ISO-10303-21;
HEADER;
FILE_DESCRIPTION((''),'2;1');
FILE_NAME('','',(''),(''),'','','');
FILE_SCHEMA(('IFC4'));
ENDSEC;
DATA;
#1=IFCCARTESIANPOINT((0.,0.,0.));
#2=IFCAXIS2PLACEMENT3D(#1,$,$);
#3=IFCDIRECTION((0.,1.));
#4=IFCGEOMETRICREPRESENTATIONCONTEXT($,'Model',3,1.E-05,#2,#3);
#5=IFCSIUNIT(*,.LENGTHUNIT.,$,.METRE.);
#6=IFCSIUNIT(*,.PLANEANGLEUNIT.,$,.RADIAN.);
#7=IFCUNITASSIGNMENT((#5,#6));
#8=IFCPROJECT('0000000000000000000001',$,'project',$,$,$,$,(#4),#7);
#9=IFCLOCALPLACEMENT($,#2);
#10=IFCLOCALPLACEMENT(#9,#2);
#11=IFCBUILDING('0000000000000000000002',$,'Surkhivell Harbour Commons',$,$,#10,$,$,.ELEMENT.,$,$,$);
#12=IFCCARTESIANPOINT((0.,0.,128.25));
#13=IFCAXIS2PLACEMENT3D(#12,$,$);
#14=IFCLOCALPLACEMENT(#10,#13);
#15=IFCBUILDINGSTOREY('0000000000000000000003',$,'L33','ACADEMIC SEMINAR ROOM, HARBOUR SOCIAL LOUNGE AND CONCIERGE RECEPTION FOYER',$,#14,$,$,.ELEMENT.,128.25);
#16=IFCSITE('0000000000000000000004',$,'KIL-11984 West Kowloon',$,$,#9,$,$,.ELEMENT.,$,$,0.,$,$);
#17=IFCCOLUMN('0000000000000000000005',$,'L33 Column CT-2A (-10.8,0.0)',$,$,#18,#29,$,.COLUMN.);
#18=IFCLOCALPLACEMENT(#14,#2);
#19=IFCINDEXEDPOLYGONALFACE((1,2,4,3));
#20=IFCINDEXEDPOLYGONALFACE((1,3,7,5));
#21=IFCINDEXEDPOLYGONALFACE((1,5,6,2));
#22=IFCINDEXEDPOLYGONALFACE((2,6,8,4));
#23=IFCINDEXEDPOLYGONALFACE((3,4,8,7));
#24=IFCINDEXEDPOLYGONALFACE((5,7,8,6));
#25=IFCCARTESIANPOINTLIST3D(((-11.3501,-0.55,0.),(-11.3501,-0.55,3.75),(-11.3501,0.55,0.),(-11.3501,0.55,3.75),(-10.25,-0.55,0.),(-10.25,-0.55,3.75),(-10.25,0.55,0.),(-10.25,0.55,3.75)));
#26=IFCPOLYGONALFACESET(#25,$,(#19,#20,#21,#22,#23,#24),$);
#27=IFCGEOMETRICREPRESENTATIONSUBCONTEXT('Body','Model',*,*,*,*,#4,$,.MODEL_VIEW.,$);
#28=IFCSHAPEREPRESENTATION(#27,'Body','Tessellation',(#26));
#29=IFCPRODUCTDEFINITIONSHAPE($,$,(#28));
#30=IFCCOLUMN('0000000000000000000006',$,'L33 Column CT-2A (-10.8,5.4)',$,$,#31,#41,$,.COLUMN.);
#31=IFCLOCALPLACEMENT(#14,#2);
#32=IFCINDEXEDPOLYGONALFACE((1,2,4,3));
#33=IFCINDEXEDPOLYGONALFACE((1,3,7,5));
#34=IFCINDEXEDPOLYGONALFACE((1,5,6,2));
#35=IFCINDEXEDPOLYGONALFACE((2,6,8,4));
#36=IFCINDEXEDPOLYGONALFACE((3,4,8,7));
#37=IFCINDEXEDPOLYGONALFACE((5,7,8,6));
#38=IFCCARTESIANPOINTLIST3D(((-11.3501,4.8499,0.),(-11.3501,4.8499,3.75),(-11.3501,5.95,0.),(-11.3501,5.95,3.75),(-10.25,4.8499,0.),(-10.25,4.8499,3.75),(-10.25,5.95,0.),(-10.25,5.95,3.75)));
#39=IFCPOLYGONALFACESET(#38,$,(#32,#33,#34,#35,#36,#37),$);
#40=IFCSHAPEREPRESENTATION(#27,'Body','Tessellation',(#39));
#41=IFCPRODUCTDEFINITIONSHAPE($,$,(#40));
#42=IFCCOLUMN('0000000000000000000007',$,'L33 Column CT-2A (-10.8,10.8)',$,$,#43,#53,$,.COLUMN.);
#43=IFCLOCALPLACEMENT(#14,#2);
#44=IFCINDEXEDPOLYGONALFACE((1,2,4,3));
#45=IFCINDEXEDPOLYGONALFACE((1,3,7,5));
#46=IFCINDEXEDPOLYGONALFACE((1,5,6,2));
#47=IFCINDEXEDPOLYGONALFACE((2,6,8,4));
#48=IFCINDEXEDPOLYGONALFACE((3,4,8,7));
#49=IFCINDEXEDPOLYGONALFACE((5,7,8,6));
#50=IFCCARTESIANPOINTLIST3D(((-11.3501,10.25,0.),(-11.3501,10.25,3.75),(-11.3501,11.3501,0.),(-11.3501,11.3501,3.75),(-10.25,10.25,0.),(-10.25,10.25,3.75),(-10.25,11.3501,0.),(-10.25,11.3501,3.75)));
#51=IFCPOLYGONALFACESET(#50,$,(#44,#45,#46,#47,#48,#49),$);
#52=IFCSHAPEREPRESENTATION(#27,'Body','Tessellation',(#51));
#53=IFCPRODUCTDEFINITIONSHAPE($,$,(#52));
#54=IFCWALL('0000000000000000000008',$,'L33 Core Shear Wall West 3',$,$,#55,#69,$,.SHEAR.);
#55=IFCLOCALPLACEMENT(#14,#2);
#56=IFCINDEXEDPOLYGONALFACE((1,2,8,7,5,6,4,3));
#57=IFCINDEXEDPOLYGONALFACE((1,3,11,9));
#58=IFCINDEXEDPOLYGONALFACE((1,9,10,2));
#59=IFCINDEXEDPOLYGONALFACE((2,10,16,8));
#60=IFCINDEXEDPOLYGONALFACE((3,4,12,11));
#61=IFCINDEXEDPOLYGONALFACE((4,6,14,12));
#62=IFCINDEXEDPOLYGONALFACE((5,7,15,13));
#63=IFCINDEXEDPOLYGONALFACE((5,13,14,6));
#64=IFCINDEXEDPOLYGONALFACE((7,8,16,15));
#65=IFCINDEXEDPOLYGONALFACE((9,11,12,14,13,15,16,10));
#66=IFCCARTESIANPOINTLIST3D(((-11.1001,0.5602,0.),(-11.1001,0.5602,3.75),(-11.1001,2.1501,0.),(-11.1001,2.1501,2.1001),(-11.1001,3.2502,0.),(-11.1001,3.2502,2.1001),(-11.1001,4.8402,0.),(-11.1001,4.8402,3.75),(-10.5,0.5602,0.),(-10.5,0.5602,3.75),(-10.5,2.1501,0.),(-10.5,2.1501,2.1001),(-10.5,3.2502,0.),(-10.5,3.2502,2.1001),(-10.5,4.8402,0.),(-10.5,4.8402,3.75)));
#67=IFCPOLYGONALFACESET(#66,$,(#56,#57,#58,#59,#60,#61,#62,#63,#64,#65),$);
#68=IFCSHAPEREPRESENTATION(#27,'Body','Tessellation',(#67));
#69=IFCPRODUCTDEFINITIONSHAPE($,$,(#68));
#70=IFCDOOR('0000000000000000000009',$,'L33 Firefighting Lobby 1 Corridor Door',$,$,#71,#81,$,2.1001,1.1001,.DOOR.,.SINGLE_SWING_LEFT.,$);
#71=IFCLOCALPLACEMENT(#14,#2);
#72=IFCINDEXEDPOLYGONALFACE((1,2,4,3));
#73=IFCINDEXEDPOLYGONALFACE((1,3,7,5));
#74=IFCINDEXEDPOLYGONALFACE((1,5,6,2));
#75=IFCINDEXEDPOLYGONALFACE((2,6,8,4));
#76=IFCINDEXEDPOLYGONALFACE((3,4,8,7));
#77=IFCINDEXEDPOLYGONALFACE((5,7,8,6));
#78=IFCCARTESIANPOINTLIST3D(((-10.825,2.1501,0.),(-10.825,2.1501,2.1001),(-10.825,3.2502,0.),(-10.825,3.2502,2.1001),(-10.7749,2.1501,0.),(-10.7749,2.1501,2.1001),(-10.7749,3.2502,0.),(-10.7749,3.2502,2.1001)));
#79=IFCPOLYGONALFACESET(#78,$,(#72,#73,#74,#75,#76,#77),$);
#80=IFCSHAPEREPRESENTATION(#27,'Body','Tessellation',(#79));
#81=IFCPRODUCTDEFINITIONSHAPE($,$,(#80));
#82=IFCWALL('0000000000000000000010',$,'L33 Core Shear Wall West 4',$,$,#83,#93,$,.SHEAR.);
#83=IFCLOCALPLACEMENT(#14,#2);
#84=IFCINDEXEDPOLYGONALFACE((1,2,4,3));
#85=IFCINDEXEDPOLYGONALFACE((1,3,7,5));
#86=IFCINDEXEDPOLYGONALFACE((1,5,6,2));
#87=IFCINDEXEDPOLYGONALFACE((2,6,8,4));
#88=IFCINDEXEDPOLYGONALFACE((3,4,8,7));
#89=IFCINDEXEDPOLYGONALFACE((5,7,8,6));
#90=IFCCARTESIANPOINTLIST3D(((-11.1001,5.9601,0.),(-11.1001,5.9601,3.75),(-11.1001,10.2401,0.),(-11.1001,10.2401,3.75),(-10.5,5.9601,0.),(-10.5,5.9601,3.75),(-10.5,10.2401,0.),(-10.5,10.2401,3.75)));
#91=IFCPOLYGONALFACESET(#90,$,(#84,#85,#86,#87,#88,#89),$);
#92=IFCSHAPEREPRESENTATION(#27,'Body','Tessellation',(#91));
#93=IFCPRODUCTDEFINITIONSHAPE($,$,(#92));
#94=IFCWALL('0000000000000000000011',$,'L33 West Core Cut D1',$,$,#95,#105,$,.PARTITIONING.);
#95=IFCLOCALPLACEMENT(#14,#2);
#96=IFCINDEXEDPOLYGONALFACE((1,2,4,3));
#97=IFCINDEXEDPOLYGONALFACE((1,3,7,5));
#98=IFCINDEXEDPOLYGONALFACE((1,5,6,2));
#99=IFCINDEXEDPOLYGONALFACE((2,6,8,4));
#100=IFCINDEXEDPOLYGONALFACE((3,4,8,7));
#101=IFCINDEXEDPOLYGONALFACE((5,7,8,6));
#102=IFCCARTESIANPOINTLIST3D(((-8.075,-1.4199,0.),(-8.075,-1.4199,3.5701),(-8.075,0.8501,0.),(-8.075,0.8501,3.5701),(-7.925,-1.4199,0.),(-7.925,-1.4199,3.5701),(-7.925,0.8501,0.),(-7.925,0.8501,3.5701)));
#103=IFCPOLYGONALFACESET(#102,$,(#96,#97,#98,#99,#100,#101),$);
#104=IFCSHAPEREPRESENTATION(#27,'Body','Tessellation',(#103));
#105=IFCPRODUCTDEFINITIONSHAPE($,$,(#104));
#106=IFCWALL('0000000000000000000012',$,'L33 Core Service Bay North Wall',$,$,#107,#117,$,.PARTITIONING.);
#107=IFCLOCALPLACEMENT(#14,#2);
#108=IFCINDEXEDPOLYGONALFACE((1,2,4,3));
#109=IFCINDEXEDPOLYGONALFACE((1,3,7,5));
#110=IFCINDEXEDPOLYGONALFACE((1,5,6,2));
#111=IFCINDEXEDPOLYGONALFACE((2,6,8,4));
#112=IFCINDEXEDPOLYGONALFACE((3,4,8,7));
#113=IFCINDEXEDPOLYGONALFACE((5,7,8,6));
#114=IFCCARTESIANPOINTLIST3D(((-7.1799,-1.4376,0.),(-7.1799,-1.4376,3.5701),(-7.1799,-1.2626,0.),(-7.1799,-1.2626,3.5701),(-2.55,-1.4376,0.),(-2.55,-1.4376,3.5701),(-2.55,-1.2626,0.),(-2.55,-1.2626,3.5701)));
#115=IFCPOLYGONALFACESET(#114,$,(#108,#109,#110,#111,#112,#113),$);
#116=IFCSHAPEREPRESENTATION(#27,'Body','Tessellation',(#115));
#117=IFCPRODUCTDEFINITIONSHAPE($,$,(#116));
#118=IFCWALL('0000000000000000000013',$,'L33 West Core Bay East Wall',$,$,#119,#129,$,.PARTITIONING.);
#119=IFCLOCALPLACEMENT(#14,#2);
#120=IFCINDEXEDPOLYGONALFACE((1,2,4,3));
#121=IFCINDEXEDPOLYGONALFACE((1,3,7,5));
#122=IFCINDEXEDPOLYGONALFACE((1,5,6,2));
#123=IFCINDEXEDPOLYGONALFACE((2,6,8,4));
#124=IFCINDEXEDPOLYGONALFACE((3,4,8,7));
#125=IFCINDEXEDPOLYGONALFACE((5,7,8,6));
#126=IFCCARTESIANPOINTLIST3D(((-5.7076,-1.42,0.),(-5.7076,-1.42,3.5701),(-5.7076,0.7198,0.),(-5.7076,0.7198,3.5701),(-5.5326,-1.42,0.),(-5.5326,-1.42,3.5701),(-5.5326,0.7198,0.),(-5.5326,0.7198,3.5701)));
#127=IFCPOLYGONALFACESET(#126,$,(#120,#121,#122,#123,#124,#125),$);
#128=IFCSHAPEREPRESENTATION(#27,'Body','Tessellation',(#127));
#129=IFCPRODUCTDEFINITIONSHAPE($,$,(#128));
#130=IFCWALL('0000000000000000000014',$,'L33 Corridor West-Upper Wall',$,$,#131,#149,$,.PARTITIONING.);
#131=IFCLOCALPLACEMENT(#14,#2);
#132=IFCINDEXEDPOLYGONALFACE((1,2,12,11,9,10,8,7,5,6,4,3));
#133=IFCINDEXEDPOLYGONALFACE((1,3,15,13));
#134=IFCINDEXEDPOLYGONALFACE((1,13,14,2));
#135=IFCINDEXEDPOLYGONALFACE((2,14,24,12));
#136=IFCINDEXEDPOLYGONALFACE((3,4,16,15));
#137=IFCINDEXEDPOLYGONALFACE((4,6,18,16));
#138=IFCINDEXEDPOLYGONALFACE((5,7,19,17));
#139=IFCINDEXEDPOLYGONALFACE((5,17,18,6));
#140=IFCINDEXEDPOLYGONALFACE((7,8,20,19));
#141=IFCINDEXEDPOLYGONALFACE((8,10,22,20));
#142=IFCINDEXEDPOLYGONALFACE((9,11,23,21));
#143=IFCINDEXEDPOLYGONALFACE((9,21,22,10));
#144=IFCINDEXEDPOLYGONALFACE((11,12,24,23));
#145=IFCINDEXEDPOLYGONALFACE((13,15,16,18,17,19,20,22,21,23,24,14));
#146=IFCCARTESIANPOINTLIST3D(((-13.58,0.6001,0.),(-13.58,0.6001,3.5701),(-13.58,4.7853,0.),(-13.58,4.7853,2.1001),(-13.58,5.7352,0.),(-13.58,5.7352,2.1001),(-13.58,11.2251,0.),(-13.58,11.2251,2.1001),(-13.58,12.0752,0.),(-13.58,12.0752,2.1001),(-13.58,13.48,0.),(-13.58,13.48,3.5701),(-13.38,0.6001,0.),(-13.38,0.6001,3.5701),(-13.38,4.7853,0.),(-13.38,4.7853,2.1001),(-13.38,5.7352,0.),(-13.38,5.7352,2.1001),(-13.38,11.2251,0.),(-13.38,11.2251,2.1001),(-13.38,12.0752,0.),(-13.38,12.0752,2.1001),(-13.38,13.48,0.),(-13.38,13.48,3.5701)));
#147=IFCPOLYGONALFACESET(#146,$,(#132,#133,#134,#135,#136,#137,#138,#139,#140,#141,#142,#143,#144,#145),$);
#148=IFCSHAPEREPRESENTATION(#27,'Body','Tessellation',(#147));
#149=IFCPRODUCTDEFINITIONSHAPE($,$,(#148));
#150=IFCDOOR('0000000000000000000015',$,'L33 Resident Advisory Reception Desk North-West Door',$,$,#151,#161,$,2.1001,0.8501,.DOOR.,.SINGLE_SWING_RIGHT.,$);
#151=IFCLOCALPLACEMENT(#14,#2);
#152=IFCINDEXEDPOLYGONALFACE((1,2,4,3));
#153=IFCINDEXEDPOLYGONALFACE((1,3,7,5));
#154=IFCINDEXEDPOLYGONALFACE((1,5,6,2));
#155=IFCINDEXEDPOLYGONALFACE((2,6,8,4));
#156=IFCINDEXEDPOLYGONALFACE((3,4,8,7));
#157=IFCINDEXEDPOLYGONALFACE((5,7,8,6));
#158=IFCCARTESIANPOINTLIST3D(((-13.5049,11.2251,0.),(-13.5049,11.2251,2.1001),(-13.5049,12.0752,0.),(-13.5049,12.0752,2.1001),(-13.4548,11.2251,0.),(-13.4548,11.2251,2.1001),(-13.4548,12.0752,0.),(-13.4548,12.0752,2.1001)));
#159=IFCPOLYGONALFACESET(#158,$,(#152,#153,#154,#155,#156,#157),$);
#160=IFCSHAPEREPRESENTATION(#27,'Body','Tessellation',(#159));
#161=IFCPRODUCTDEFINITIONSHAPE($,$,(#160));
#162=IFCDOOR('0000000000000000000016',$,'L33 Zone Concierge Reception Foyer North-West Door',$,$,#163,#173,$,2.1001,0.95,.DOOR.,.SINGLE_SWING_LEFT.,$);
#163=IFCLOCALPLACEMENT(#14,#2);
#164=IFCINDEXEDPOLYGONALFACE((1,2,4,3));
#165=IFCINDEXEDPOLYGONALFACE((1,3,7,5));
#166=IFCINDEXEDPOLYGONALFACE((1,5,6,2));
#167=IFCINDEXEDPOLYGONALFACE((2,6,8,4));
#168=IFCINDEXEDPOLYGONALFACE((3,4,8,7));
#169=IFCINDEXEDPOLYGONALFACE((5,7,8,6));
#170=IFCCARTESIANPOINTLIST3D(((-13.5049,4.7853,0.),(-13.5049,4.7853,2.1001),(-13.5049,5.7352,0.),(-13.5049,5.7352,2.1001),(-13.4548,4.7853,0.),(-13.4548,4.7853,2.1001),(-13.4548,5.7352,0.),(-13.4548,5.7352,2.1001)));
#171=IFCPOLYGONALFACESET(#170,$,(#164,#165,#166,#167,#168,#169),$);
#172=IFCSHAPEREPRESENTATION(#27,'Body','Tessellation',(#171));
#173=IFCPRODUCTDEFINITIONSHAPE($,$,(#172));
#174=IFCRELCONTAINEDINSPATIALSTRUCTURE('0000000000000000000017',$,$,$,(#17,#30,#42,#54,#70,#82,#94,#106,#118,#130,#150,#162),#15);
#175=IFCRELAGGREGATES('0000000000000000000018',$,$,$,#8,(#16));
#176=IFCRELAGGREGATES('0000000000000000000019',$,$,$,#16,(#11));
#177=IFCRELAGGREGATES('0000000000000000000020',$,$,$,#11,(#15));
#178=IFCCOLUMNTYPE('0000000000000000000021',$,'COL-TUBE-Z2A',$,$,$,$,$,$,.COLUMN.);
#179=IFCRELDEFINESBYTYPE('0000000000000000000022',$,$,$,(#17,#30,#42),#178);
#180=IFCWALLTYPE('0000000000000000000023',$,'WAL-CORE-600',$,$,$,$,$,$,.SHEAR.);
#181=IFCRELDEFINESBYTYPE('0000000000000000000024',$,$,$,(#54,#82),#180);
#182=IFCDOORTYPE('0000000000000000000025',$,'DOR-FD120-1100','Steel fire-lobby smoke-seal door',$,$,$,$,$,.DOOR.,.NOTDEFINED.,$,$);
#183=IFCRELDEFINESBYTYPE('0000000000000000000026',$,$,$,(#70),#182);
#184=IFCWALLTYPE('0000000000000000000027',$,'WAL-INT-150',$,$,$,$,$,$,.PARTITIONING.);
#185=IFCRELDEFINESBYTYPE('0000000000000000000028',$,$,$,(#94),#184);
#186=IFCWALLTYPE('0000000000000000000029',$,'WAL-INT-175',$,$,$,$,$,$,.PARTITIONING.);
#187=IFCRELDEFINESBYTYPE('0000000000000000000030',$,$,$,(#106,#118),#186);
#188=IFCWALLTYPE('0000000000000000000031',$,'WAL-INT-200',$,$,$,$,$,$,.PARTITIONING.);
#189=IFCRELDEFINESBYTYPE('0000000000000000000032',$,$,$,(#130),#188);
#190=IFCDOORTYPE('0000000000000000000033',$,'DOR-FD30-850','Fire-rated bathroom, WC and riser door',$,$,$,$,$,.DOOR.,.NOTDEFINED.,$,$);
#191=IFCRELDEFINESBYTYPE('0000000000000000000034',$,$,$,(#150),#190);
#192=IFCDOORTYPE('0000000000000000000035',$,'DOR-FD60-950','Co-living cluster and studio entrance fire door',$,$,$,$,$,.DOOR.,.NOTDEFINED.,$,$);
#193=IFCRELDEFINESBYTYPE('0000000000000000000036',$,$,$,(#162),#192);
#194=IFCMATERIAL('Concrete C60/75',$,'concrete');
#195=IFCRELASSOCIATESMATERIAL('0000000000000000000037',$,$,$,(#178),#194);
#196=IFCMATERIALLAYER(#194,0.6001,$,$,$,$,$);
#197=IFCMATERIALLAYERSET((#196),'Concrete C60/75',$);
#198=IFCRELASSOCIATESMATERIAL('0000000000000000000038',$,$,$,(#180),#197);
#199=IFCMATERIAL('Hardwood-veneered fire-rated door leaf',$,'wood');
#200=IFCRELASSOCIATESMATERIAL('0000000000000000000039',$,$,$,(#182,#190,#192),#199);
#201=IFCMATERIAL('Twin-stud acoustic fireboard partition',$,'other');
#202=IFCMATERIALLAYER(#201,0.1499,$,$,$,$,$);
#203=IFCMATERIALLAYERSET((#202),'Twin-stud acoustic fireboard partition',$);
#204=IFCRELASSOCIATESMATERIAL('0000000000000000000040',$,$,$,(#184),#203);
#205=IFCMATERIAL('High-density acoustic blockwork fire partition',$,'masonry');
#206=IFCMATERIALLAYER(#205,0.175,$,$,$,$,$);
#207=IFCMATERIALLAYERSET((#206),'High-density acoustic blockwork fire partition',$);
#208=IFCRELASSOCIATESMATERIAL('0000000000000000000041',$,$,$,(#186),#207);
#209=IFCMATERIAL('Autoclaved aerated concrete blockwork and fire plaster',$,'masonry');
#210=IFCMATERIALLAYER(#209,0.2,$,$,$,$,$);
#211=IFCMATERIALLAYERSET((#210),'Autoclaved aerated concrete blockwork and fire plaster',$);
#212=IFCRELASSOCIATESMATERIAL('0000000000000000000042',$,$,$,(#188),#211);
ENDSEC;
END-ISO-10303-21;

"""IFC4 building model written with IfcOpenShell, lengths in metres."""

from ifc_helpers import new_model, si_unit, direction, frame, frame_2d, origin, origin_2d, place, context, subcontext, project, spatial, rectangle, extrude, material, layer, layer_set, material_profile, profile_set, type_object, element, fill, save


model = new_model("IFC4")

# Units and contexts
model_context = context("Model", 3, precision=1e-05, world=origin(), true_north=direction((0.0, 1.0)))
body_context = subcontext(model_context, "Body", "Model", "MODEL_VIEW")
ifc_project = project(units=[si_unit("LENGTHUNIT", "METRE"), si_unit("PLANEANGLEUNIT", "RADIAN")], contexts=[model_context])

# Site, building, storey
site_placement = place(None, origin())
site = spatial("IfcSite", under=ifc_project, at=site_placement, Name="KIL-11984 West Kowloon", CompositionType="ELEMENT", RefElevation=0.0)
building_placement = place(site_placement, origin())
building = spatial("IfcBuilding", under=site, at=building_placement, Name="Surkhivell Harbour Commons", CompositionType="ELEMENT")
storey_placement = place(building_placement, frame((0.0, 0.0, 128.25)))
storey = spatial("IfcBuildingStorey", under=building, at=storey_placement, Name="L33", Description="ACADEMIC SEMINAR ROOM, HARBOUR SOCIAL LOUNGE AND CONCIERGE RECEPTION FOYER", CompositionType="ELEMENT", Elevation=128.25)

# Columns
ifc_material_1 = material(Name="Concrete C60/75", Category="concrete")
ifc_material_profile = material_profile(ifc_material_1, rectangle(XDim=1.1001, YDim=1.1001, at=origin_2d()), Name="RC-COL-1100x1100")
ifc_profile_set = profile_set([ifc_material_profile], Name="Concrete C60/75")
column_type = type_object("IfcColumnType", Name="COL-TUBE-Z2A", PredefinedType="COLUMN", material=ifc_profile_set)
for number, where, z_axis, x_axis, name in (
    (1, (-10.8, 0.0, 0.0), (0.0, 0.0, 1.0), (1.0, 0.0, 0.0), "L33 Column CT-2A (-10.8,0.0)"),
    (2, (-10.8, 5.3999, 0.0), (0.0, 0.0, 1.0), (1.0, 0.0, 0.0), "L33 Column CT-2A (-10.8,5.4)"),
    (3, (-10.8, 10.8, 0.0), (0.0, 0.0, 1.0), (1.0, 0.0, 0.0), "L33 Column CT-2A (-10.8,10.8)"),
):
    element("IfcColumn", number, at=place(storey_placement, frame(where, z_axis=z_axis, x_axis=x_axis)), inside=storey, type_object=column_type, Name=name, PredefinedType="COLUMN", context=body_context, shape_type="SweptSolid", body=[
        extrude(rectangle(XDim=1.1001, YDim=1.1001, at=origin_2d()), origin(), (0.0, 0.0, 1.0), 3.75),
    ])

# Wall, opening, door
ifc_layer_1 = layer(ifc_material_1, 0.6001)
ifc_layer_set_1 = layer_set([ifc_layer_1], Name="Concrete C60/75")
wall_type_1 = type_object("IfcWallType", Name="WAL-CORE-600", PredefinedType="SHEAR", material=ifc_layer_set_1)
wall_1_placement = place(storey_placement, frame((-10.8, 0.5601, 0.0), z_axis=(0.0, 0.0, 1.0), x_axis=(0.0, 1.0, 0.0)))
wall_1 = element("IfcWall", 4, at=wall_1_placement, inside=storey, type_object=wall_type_1, Name="L33 Core Shear Wall West 3", PredefinedType="SHEAR", context=body_context, shape_type="SweptSolid", body=[
    extrude(rectangle(XDim=4.28, YDim=0.6001, at=frame_2d((2.1401, 0.0))), origin(), (0.0, 0.0, 1.0), 3.75),
])
opening_1_placement = place(wall_1_placement, frame((1.5901, 0.0, 0.0)))
opening_1 = element("IfcOpeningElement", 5, at=opening_1_placement, cuts=wall_1, PredefinedType="OPENING", context=body_context, shape_type="SweptSolid", body=[
    extrude(rectangle(XDim=1.1001, YDim=2.1001, at=frame_2d((0.55, 1.05))), frame((0.0, 0.3101, 0.0), z_axis=(0.0, -1.0, 0.0), x_axis=(1.0, 0.0, 0.0)), (0.0, 0.0, 1.0), 0.6201),
])
ifc_material_2 = material(Name="Hardwood-veneered fire-rated door leaf", Category="wood")
door_type_1 = type_object("IfcDoorType", Name="DOR-FD120-1100", Description="Steel fire-lobby smoke-seal door", OperationType="NOTDEFINED", PredefinedType="DOOR", material=ifc_material_2)
door_1_placement = place(opening_1_placement, origin())
door_1 = element("IfcDoor", 6, at=door_1_placement, inside=storey, type_object=door_type_1, Name="L33 Firefighting Lobby 1 Corridor Door", OperationType="SINGLE_SWING_LEFT", OverallHeight=2.1001, OverallWidth=1.1001, PredefinedType="DOOR", context=body_context, shape_type="SweptSolid", body=[
    extrude(rectangle(XDim=1.1001, YDim=2.1001, at=frame_2d((0.55, 1.05))), frame((0.0, 0.0249, 0.0), z_axis=(0.0, -1.0, 0.0), x_axis=(1.0, 0.0, 0.0)), (0.0, 0.0, 1.0), 0.05),
])
fill(opening_1, door_1)

# Walls
wall_2_placement = place(storey_placement, frame((-10.8, 5.96, 0.0), z_axis=(0.0, 0.0, 1.0), x_axis=(0.0, 1.0, 0.0)))
element("IfcWall", 7, at=wall_2_placement, inside=storey, type_object=wall_type_1, Name="L33 Core Shear Wall West 4", PredefinedType="SHEAR", context=body_context, shape_type="SweptSolid", body=[
    extrude(rectangle(XDim=4.28, YDim=0.6001, at=frame_2d((2.1401, 0.0))), origin(), (0.0, 0.0, 1.0), 3.75),
])
ifc_material_3 = material(Name="Twin-stud acoustic fireboard partition", Category="other")
ifc_layer_2 = layer(ifc_material_3, 0.1499)
ifc_layer_set_2 = layer_set([ifc_layer_2], Name="Twin-stud acoustic fireboard partition")
wall_type_2 = type_object("IfcWallType", Name="WAL-INT-150", PredefinedType="PARTITIONING", material=ifc_layer_set_2)
wall_3_placement = place(storey_placement, frame((-8.0, -1.4199, 0.0), z_axis=(0.0, 0.0, 1.0), x_axis=(0.0, 1.0, 0.0)))
element("IfcWall", 8, at=wall_3_placement, inside=storey, type_object=wall_type_2, Name="L33 West Core Cut D1", PredefinedType="PARTITIONING", context=body_context, shape_type="SweptSolid", body=[
    extrude(rectangle(XDim=2.27, YDim=0.1499, at=frame_2d((1.135, 0.0))), origin(), (0.0, 0.0, 1.0), 3.5701),
])
ifc_material_4 = material(Name="High-density acoustic blockwork fire partition", Category="masonry")
ifc_layer_3 = layer(ifc_material_4, 0.175)
ifc_layer_set_3 = layer_set([ifc_layer_3], Name="High-density acoustic blockwork fire partition")
wall_type_3 = type_object("IfcWallType", Name="WAL-INT-175", PredefinedType="PARTITIONING", material=ifc_layer_set_3)
wall_4_placement = place(storey_placement, frame((-7.1799, -1.3501, 0.0), z_axis=(0.0, 0.0, 1.0), x_axis=(1.0, 0.0, 0.0)))
element("IfcWall", 9, at=wall_4_placement, inside=storey, type_object=wall_type_3, Name="L33 Core Service Bay North Wall", PredefinedType="PARTITIONING", context=body_context, shape_type="SweptSolid", body=[
    extrude(rectangle(XDim=4.6299, YDim=0.175, at=frame_2d((2.3149, 0.0))), origin(), (0.0, 0.0, 1.0), 3.5701),
])
wall_5_placement = place(storey_placement, frame((-5.6201, -1.4199, 0.0), z_axis=(0.0, 0.0, 1.0), x_axis=(0.0, 1.0, 0.0)))
element("IfcWall", 10, at=wall_5_placement, inside=storey, type_object=wall_type_3, Name="L33 West Core Bay East Wall", PredefinedType="PARTITIONING", context=body_context, shape_type="SweptSolid", body=[
    extrude(rectangle(XDim=2.1399, YDim=0.175, at=frame_2d((1.0698, 0.0))), origin(), (0.0, 0.0, 1.0), 3.5701),
])

# Wall, openings, doors
ifc_material_5 = material(Name="Autoclaved aerated concrete blockwork and fire plaster", Category="masonry")
ifc_layer_4 = layer(ifc_material_5, 0.2)
ifc_layer_set_4 = layer_set([ifc_layer_4], Name="Autoclaved aerated concrete blockwork and fire plaster")
wall_type_4 = type_object("IfcWallType", Name="WAL-INT-200", PredefinedType="PARTITIONING", material=ifc_layer_set_4)
wall_6_placement = place(storey_placement, frame((-13.48, 0.6001, 0.0), z_axis=(0.0, 0.0, 1.0), x_axis=(0.0, 1.0, 0.0)))
wall_6 = element("IfcWall", 11, at=wall_6_placement, inside=storey, type_object=wall_type_4, Name="L33 Corridor West-Upper Wall", PredefinedType="PARTITIONING", context=body_context, shape_type="SweptSolid", body=[
    extrude(rectangle(XDim=12.8799, YDim=0.2, at=frame_2d((6.4399, 0.0))), origin(), (0.0, 0.0, 1.0), 3.5701),
])
opening_2_placement = place(wall_6_placement, frame((4.1851, 0.0, 0.0)))
opening_2 = element("IfcOpeningElement", 12, at=opening_2_placement, cuts=wall_6, PredefinedType="OPENING", context=body_context, shape_type="SweptSolid", body=[
    extrude(rectangle(XDim=0.95, YDim=2.1001, at=frame_2d((0.4751, 1.05))), frame((0.0, 0.1099, 0.0), z_axis=(0.0, -1.0, 0.0), x_axis=(1.0, 0.0, 0.0)), (0.0, 0.0, 1.0), 0.22),
])
opening_3_placement = place(wall_6_placement, frame((10.625, 0.0, 0.0)))
opening_3 = element("IfcOpeningElement", 13, at=opening_3_placement, cuts=wall_6, PredefinedType="OPENING", context=body_context, shape_type="SweptSolid", body=[
    extrude(rectangle(XDim=0.8501, YDim=2.1001, at=frame_2d((0.425, 1.05))), frame((0.0, 0.1099, 0.0), z_axis=(0.0, -1.0, 0.0), x_axis=(1.0, 0.0, 0.0)), (0.0, 0.0, 1.0), 0.22),
])
door_type_2 = type_object("IfcDoorType", Name="DOR-FD30-850", Description="Fire-rated bathroom, WC and riser door", OperationType="NOTDEFINED", PredefinedType="DOOR", material=ifc_material_2)
door_2_placement = place(opening_3_placement, origin())
door_2 = element("IfcDoor", 14, at=door_2_placement, inside=storey, type_object=door_type_2, Name="L33 Resident Advisory Reception Desk North-West Door", OperationType="SINGLE_SWING_RIGHT", OverallHeight=2.1001, OverallWidth=0.8501, PredefinedType="DOOR", context=body_context, shape_type="SweptSolid", body=[
    extrude(rectangle(XDim=0.8501, YDim=2.1001, at=frame_2d((0.425, 1.05))), frame((0.0, 0.0249, 0.0), z_axis=(0.0, -1.0, 0.0), x_axis=(1.0, 0.0, 0.0)), (0.0, 0.0, 1.0), 0.05),
])
fill(opening_3, door_2)
door_type_3 = type_object("IfcDoorType", Name="DOR-FD60-950", Description="Co-living cluster and studio entrance fire door", OperationType="NOTDEFINED", PredefinedType="DOOR", material=ifc_material_2)
door_3_placement = place(opening_2_placement, origin())
door_3 = element("IfcDoor", 15, at=door_3_placement, inside=storey, type_object=door_type_3, Name="L33 Zone Concierge Reception Foyer North-West Door", OperationType="SINGLE_SWING_LEFT", OverallHeight=2.1001, OverallWidth=0.95, PredefinedType="DOOR", context=body_context, shape_type="SweptSolid", body=[
    extrude(rectangle(XDim=0.95, YDim=2.1001, at=frame_2d((0.4751, 1.05))), frame((0.0, 0.0249, 0.0), z_axis=(0.0, -1.0, 0.0), x_axis=(1.0, 0.0, 0.0)), (0.0, 0.0, 1.0), 0.05),
])
fill(opening_2, door_3)

save(model, "model.ifc")
